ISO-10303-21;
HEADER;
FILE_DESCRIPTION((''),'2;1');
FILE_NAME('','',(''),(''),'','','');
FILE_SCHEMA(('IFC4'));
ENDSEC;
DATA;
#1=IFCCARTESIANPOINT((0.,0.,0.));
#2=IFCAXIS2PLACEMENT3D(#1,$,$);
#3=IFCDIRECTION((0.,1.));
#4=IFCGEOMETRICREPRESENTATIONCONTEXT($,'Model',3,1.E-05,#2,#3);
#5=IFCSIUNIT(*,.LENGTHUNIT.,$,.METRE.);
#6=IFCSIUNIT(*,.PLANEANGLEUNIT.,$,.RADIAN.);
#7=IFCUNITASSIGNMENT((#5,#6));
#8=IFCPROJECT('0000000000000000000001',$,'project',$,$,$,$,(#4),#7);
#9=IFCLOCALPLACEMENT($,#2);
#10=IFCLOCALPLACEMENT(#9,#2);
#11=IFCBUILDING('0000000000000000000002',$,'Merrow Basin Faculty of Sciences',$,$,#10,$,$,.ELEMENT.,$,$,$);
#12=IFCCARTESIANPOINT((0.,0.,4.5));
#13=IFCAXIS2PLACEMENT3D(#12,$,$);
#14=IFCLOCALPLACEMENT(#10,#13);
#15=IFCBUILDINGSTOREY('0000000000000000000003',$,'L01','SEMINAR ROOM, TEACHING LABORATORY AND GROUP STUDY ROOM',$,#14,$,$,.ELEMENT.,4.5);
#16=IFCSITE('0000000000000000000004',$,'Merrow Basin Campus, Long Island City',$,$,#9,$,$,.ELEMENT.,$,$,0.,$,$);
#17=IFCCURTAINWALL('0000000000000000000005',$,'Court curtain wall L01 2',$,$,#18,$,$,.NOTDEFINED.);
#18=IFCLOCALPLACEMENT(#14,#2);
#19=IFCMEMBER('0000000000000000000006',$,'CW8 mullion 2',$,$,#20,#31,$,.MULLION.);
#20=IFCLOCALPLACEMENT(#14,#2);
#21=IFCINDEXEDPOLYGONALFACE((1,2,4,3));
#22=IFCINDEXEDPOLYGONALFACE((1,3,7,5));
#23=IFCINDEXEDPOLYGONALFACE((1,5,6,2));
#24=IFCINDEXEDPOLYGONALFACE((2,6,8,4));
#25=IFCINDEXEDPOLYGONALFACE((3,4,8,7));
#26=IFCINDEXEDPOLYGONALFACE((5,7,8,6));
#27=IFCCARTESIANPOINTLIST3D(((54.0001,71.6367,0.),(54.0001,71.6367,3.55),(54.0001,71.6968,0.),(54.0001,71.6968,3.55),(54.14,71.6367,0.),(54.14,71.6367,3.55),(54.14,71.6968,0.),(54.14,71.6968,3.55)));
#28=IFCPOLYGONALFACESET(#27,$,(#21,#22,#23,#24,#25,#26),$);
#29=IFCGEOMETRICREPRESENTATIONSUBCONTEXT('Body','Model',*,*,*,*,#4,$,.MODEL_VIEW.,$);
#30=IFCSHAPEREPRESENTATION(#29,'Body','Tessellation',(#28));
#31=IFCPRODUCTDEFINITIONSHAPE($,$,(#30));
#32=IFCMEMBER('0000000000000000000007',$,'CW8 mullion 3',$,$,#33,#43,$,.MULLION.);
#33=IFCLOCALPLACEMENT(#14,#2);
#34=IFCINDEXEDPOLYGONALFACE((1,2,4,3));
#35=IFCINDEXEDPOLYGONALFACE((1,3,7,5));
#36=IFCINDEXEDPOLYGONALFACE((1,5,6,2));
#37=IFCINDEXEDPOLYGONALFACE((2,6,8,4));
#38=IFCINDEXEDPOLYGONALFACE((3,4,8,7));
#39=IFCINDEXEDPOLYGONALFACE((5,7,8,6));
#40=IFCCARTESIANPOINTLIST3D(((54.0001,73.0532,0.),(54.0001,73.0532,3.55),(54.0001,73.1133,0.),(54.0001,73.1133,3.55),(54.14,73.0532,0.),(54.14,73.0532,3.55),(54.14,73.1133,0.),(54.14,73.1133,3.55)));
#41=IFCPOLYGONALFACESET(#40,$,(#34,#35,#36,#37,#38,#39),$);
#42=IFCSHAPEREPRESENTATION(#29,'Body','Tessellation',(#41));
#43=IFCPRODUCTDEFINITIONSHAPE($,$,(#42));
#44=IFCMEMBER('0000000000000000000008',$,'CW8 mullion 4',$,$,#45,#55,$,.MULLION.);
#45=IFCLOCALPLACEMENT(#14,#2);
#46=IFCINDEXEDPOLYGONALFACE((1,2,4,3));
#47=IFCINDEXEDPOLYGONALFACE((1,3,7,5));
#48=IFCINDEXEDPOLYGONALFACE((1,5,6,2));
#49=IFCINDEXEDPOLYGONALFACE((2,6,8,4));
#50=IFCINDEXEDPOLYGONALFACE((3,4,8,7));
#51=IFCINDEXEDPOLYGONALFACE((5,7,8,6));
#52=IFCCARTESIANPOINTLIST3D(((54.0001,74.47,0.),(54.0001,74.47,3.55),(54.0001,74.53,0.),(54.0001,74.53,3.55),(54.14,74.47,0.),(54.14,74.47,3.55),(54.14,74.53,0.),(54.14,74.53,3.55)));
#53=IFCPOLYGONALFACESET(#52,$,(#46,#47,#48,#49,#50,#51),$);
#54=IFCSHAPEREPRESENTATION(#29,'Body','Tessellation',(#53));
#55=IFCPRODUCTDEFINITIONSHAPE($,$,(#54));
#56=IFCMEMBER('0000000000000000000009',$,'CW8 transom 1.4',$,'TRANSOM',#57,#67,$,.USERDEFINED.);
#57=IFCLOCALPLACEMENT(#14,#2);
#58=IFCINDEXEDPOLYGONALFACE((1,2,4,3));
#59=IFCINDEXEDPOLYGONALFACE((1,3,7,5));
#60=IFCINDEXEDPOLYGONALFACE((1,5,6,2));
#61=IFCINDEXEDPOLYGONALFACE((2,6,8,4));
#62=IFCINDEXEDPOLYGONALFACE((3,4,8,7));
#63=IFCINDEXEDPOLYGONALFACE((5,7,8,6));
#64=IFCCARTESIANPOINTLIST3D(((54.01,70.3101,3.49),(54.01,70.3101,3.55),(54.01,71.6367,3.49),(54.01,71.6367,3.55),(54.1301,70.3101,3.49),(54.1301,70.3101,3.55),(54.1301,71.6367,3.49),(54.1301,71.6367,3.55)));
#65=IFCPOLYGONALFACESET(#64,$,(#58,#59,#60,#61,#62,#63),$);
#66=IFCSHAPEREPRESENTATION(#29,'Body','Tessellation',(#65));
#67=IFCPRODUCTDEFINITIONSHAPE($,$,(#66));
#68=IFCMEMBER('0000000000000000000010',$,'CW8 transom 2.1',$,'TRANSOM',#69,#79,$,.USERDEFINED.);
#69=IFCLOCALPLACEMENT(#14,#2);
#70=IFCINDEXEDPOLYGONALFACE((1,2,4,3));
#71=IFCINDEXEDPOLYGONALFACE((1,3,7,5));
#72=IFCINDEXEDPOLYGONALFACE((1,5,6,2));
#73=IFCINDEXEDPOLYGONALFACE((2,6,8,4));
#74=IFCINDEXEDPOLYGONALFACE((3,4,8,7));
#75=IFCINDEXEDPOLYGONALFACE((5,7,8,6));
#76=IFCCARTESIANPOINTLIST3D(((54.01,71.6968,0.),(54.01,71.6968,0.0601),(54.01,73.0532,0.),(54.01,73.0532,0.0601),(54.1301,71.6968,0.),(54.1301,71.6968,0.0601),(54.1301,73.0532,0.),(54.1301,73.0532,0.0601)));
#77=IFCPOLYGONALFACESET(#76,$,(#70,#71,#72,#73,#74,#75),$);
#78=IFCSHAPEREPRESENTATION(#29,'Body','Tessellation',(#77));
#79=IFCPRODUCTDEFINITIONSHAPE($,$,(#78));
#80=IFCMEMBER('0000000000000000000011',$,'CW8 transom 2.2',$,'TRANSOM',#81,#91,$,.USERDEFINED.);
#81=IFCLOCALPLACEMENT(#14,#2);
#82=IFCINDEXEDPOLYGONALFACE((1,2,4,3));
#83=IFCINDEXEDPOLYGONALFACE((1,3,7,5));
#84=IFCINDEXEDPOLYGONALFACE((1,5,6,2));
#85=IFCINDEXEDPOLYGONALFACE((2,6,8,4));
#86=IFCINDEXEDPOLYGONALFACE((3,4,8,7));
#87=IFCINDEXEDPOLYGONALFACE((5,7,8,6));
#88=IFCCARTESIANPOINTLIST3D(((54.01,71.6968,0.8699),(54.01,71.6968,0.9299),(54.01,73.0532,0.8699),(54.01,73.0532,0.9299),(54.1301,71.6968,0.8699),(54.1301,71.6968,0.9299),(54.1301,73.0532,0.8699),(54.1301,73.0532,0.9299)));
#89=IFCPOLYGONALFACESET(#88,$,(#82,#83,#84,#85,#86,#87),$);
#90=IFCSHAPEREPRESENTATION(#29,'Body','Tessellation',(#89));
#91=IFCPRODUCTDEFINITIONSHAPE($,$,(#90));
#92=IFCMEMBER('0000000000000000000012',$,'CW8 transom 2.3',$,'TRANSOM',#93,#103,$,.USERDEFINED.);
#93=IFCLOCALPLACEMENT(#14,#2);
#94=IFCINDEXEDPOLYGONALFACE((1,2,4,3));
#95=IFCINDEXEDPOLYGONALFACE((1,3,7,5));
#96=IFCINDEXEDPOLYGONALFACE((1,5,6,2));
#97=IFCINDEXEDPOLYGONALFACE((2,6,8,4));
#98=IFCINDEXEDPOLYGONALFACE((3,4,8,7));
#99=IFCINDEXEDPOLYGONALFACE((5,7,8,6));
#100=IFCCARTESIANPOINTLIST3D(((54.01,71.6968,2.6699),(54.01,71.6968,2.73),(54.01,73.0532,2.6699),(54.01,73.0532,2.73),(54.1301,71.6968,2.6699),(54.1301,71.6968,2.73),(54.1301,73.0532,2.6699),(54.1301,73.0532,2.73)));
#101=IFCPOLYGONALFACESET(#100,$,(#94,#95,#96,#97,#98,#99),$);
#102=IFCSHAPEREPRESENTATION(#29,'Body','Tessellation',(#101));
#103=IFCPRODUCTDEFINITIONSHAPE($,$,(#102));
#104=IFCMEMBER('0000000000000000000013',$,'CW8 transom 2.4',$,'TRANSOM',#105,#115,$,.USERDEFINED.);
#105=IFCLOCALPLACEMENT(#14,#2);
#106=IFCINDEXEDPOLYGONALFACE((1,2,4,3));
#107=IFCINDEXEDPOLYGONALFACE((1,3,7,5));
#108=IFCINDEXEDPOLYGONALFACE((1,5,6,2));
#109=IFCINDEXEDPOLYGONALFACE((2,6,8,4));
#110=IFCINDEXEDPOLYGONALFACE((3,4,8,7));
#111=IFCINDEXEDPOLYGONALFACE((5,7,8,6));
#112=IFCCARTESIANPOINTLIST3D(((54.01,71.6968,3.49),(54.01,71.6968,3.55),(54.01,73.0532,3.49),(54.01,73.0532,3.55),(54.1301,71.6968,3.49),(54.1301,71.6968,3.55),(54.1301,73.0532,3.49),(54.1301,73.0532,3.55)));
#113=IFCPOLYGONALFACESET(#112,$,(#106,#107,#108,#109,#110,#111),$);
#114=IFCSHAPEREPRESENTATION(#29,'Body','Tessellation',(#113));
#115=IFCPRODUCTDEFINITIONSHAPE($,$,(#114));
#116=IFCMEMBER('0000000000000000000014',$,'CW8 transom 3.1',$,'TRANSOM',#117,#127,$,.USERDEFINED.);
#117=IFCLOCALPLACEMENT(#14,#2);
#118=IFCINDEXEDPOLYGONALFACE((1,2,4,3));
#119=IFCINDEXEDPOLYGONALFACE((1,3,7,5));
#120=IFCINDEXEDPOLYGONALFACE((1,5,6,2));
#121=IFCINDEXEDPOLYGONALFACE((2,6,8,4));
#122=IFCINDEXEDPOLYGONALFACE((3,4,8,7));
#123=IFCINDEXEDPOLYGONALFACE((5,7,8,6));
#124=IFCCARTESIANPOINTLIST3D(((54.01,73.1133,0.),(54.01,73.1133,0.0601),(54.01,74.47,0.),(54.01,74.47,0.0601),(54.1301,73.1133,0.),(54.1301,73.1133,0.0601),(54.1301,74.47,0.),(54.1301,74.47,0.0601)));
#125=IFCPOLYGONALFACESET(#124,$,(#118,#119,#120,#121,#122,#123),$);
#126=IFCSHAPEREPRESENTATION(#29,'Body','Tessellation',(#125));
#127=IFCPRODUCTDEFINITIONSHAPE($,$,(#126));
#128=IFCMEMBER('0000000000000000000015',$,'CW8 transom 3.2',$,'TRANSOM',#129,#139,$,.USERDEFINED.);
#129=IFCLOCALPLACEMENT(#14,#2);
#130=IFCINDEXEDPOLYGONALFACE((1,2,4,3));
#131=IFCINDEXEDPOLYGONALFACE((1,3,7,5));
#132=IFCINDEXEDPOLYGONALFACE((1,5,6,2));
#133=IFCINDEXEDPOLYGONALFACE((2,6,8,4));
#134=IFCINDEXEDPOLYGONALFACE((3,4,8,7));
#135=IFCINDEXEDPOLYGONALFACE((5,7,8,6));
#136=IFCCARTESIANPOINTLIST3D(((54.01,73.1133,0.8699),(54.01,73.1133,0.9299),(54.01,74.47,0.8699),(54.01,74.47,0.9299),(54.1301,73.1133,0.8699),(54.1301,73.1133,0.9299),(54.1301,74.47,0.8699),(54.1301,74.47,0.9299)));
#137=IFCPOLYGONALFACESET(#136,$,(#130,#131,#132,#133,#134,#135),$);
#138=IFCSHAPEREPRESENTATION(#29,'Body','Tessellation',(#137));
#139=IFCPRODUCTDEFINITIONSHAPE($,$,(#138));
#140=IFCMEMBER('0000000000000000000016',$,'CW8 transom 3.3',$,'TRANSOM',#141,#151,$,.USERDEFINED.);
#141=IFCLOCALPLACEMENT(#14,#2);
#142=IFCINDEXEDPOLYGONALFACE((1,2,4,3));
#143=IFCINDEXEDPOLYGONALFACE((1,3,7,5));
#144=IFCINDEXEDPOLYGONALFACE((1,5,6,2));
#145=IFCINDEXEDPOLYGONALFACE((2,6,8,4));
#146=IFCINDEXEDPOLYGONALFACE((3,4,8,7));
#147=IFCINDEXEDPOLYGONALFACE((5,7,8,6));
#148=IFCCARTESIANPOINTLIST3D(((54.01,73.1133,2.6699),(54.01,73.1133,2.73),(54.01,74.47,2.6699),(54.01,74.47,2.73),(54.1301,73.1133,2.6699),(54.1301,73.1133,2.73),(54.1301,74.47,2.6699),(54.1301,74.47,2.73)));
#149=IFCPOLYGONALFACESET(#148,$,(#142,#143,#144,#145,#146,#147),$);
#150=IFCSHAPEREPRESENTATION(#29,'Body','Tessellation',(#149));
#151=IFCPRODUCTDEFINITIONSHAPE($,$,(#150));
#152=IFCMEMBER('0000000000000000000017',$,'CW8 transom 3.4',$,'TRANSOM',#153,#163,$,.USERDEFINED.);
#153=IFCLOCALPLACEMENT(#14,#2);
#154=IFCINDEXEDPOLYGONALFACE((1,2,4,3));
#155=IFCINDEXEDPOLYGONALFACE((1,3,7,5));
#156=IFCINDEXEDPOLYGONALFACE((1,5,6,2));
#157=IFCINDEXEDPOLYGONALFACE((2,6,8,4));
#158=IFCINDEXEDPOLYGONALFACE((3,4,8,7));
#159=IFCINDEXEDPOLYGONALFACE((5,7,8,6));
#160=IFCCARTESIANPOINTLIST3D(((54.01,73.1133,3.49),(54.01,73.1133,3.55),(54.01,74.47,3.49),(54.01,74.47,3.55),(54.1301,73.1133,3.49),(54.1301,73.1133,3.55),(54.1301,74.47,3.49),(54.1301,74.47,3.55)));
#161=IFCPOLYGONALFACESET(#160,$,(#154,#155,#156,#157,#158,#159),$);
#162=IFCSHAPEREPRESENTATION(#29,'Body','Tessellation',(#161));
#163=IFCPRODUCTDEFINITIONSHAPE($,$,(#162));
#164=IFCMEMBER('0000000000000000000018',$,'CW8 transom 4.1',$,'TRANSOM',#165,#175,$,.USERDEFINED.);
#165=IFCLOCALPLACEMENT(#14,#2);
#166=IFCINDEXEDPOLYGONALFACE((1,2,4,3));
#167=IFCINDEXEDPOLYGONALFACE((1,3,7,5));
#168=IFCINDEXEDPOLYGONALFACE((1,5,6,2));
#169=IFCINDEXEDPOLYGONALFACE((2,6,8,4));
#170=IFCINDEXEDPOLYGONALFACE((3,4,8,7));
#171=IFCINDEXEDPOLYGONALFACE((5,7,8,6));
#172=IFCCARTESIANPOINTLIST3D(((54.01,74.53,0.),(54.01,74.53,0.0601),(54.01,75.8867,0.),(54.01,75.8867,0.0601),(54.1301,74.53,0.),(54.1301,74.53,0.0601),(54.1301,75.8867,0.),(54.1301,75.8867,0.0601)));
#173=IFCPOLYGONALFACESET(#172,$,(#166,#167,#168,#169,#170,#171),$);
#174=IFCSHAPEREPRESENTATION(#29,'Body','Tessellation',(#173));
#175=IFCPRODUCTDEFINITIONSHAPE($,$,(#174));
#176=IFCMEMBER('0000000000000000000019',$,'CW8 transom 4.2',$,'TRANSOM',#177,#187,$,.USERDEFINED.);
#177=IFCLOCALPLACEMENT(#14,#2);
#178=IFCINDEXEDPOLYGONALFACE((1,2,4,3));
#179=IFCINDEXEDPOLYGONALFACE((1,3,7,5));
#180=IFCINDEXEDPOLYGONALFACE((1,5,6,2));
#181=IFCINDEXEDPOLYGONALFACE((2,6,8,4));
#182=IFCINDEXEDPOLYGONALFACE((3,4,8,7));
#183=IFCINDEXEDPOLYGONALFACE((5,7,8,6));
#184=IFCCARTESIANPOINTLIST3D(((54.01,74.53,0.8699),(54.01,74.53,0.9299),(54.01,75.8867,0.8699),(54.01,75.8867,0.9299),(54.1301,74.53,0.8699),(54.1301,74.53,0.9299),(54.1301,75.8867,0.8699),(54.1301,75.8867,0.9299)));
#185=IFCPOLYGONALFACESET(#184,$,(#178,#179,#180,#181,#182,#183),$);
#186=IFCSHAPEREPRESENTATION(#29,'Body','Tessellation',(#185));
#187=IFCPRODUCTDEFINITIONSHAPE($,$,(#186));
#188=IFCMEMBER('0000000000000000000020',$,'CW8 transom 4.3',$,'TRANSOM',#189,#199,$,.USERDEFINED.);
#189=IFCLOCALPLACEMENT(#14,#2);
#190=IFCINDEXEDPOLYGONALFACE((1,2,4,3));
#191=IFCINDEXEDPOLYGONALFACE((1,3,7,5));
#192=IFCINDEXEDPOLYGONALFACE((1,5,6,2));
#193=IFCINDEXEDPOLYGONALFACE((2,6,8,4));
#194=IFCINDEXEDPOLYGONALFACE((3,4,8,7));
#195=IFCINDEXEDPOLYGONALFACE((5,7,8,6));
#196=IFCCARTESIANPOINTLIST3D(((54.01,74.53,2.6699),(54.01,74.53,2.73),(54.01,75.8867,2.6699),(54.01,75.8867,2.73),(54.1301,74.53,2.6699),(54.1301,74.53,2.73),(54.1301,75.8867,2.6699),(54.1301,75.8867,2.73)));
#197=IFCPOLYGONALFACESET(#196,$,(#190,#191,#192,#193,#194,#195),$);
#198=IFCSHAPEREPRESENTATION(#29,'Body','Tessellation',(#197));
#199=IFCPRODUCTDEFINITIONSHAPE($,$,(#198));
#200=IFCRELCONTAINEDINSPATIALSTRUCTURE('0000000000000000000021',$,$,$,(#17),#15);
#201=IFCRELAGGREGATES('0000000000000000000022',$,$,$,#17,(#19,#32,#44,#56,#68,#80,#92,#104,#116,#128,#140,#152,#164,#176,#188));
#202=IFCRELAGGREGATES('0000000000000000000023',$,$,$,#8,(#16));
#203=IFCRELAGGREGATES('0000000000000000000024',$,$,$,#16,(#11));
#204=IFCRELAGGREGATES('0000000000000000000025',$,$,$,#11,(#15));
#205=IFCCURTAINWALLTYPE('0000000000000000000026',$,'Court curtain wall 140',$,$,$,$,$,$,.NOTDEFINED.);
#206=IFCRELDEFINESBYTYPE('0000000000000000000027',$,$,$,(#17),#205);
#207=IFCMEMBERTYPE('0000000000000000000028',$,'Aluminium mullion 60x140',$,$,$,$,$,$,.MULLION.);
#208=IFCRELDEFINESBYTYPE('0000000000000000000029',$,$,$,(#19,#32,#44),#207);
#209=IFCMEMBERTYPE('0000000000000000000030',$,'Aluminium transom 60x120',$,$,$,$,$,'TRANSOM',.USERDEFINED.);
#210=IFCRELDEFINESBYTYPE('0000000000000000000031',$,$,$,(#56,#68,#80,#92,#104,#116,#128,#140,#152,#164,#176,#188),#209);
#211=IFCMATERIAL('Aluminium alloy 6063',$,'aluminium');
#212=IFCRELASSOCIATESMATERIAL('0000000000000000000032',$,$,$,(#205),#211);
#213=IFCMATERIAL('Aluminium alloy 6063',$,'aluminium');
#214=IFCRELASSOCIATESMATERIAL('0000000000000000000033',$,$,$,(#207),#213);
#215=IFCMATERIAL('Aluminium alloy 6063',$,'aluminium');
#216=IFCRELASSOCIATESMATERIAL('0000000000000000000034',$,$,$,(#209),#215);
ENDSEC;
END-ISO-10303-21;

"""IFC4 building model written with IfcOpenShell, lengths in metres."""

from ifc_helpers import new_model, si_unit, direction, frame, origin, origin_2d, place, context, subcontext, project, spatial, rectangle, extrude, material, material_profile, profile_set, type_object, element, aggregate, save


model = new_model("IFC4")

# Units and contexts
model_context = context("Model", 3, precision=1e-05, world=origin(), true_north=direction((0.0, 1.0)))
body_context = subcontext(model_context, "Body", "Model", "MODEL_VIEW")
ifc_project = project(units=[si_unit("LENGTHUNIT", "METRE"), si_unit("PLANEANGLEUNIT", "RADIAN")], contexts=[model_context])

# Site, building, storey
site_placement = place(None, origin())
site = spatial("IfcSite", under=ifc_project, at=site_placement, Name="Merrow Basin Campus, Long Island City", CompositionType="ELEMENT", RefElevation=0.0)
building_placement = place(site_placement, origin())
building = spatial("IfcBuilding", under=site, at=building_placement, Name="Merrow Basin Faculty of Sciences", CompositionType="ELEMENT")
storey_placement = place(building_placement, frame((0.0, 0.0, 4.5)))
storey = spatial("IfcBuildingStorey", under=building, at=storey_placement, Name="L01", Description="SEMINAR ROOM, TEACHING LABORATORY AND GROUP STUDY ROOM", CompositionType="ELEMENT", Elevation=4.5)

# Curtain wall, members
ifc_material_1 = material(Name="Aluminium alloy 6063", Category="aluminium")
curtain_wall_type = type_object("IfcCurtainWallType", Name="Court curtain wall 140", PredefinedType="NOTDEFINED", material=ifc_material_1)
curtain_wall_placement = place(storey_placement, origin())
curtain_wall = element("IfcCurtainWall", 1, at=curtain_wall_placement, inside=storey, type_object=curtain_wall_type, Name="Court curtain wall L01 2", PredefinedType="NOTDEFINED")
ifc_material_2 = material(Name="Aluminium alloy 6063", Category="aluminium")
ifc_material_profile_1 = material_profile(ifc_material_2, rectangle(XDim=0.1399, YDim=0.0601, at=origin_2d()))
ifc_profile_set_1 = profile_set([ifc_material_profile_1], Name="Aluminium alloy 6063")
member_type_1 = type_object("IfcMemberType", Name="Aluminium mullion 60x140", PredefinedType="MULLION", material=ifc_profile_set_1)
member_1_placement = place(storey_placement, frame((54.0701, 71.6667, 0.0), z_axis=(0.0, 0.0, 1.0), x_axis=(-1.0, 0.0, 0.0)))
member_1 = element("IfcMember", 2, at=member_1_placement, type_object=member_type_1, Name="CW8 mullion 2", PredefinedType="MULLION", context=body_context, shape_type="SweptSolid", body=[
    extrude(rectangle(XDim=0.1399, YDim=0.0601, at=origin_2d()), origin(), (0.0, 0.0, 1.0), 3.55),
])
member_2_placement = place(storey_placement, frame((54.0701, 73.0833, 0.0), z_axis=(0.0, 0.0, 1.0), x_axis=(-1.0, 0.0, 0.0)))
member_2 = element("IfcMember", 3, at=member_2_placement, type_object=member_type_1, Name="CW8 mullion 3", PredefinedType="MULLION", context=body_context, shape_type="SweptSolid", body=[
    extrude(rectangle(XDim=0.1399, YDim=0.0601, at=origin_2d()), origin(), (0.0, 0.0, 1.0), 3.55),
])
member_3_placement = place(storey_placement, frame((54.0701, 74.5, 0.0), z_axis=(0.0, 0.0, 1.0), x_axis=(-1.0, 0.0, 0.0)))
member_3 = element("IfcMember", 4, at=member_3_placement, type_object=member_type_1, Name="CW8 mullion 4", PredefinedType="MULLION", context=body_context, shape_type="SweptSolid", body=[
    extrude(rectangle(XDim=0.1399, YDim=0.0601, at=origin_2d()), origin(), (0.0, 0.0, 1.0), 3.55),
])
ifc_material_3 = material(Name="Aluminium alloy 6063", Category="aluminium")
ifc_material_profile_2 = material_profile(ifc_material_3, rectangle(XDim=0.1201, YDim=0.0601, at=origin_2d()))
ifc_profile_set_2 = profile_set([ifc_material_profile_2], Name="Aluminium alloy 6063")
member_type_2 = type_object("IfcMemberType", Name="Aluminium transom 60x120", ElementType="TRANSOM", PredefinedType="USERDEFINED", material=ifc_profile_set_2)
member_4_placement = place(storey_placement, frame((54.0701, 70.3101, 3.52), z_axis=(0.0, 1.0, 0.0), x_axis=(-1.0, 0.0, 0.0)))
member_4 = element("IfcMember", 5, at=member_4_placement, type_object=member_type_2, Name="CW8 transom 1.4", ObjectType="TRANSOM", PredefinedType="USERDEFINED", context=body_context, shape_type="SweptSolid", body=[
    extrude(rectangle(XDim=0.1201, YDim=0.0601, at=origin_2d()), origin(), (0.0, 0.0, 1.0), 1.3267),
])
member_5_placement = place(storey_placement, frame((54.0701, 71.6968, 0.03), z_axis=(0.0, 1.0, 0.0), x_axis=(-1.0, 0.0, 0.0)))
member_5 = element("IfcMember", 6, at=member_5_placement, type_object=member_type_2, Name="CW8 transom 2.1", ObjectType="TRANSOM", PredefinedType="USERDEFINED", context=body_context, shape_type="SweptSolid", body=[
    extrude(rectangle(XDim=0.1201, YDim=0.0601, at=origin_2d()), origin(), (0.0, 0.0, 1.0), 1.3564),
])
member_6_placement = place(storey_placement, frame((54.0701, 71.6968, 0.8999), z_axis=(0.0, 1.0, 0.0), x_axis=(-1.0, 0.0, 0.0)))
member_6 = element("IfcMember", 7, at=member_6_placement, type_object=member_type_2, Name="CW8 transom 2.2", ObjectType="TRANSOM", PredefinedType="USERDEFINED", context=body_context, shape_type="SweptSolid", body=[
    extrude(rectangle(XDim=0.1201, YDim=0.0601, at=origin_2d()), origin(), (0.0, 0.0, 1.0), 1.3564),
])
member_7_placement = place(storey_placement, frame((54.0701, 71.6968, 2.7), z_axis=(0.0, 1.0, 0.0), x_axis=(-1.0, 0.0, 0.0)))
member_7 = element("IfcMember", 8, at=member_7_placement, type_object=member_type_2, Name="CW8 transom 2.3", ObjectType="TRANSOM", PredefinedType="USERDEFINED", context=body_context, shape_type="SweptSolid", body=[
    extrude(rectangle(XDim=0.1201, YDim=0.0601, at=origin_2d()), origin(), (0.0, 0.0, 1.0), 1.3564),
])
member_8_placement = place(storey_placement, frame((54.0701, 71.6968, 3.52), z_axis=(0.0, 1.0, 0.0), x_axis=(-1.0, 0.0, 0.0)))
member_8 = element("IfcMember", 9, at=member_8_placement, type_object=member_type_2, Name="CW8 transom 2.4", ObjectType="TRANSOM", PredefinedType="USERDEFINED", context=body_context, shape_type="SweptSolid", body=[
    extrude(rectangle(XDim=0.1201, YDim=0.0601, at=origin_2d()), origin(), (0.0, 0.0, 1.0), 1.3564),
])
member_9_placement = place(storey_placement, frame((54.0701, 73.1133, 0.03), z_axis=(0.0, 1.0, 0.0), x_axis=(-1.0, 0.0, 0.0)))
member_9 = element("IfcMember", 10, at=member_9_placement, type_object=member_type_2, Name="CW8 transom 3.1", ObjectType="TRANSOM", PredefinedType="USERDEFINED", context=body_context, shape_type="SweptSolid", body=[
    extrude(rectangle(XDim=0.1201, YDim=0.0601, at=origin_2d()), origin(), (0.0, 0.0, 1.0), 1.3567),
])
member_10_placement = place(storey_placement, frame((54.0701, 73.1133, 0.8999), z_axis=(0.0, 1.0, 0.0), x_axis=(-1.0, 0.0, 0.0)))
member_10 = element("IfcMember", 11, at=member_10_placement, type_object=member_type_2, Name="CW8 transom 3.2", ObjectType="TRANSOM", PredefinedType="USERDEFINED", context=body_context, shape_type="SweptSolid", body=[
    extrude(rectangle(XDim=0.1201, YDim=0.0601, at=origin_2d()), origin(), (0.0, 0.0, 1.0), 1.3567),
])
member_11_placement = place(storey_placement, frame((54.0701, 73.1133, 2.7), z_axis=(0.0, 1.0, 0.0), x_axis=(-1.0, 0.0, 0.0)))
member_11 = element("IfcMember", 12, at=member_11_placement, type_object=member_type_2, Name="CW8 transom 3.3", ObjectType="TRANSOM", PredefinedType="USERDEFINED", context=body_context, shape_type="SweptSolid", body=[
    extrude(rectangle(XDim=0.1201, YDim=0.0601, at=origin_2d()), origin(), (0.0, 0.0, 1.0), 1.3567),
])
member_12_placement = place(storey_placement, frame((54.0701, 73.1133, 3.52), z_axis=(0.0, 1.0, 0.0), x_axis=(-1.0, 0.0, 0.0)))
member_12 = element("IfcMember", 13, at=member_12_placement, type_object=member_type_2, Name="CW8 transom 3.4", ObjectType="TRANSOM", PredefinedType="USERDEFINED", context=body_context, shape_type="SweptSolid", body=[
    extrude(rectangle(XDim=0.1201, YDim=0.0601, at=origin_2d()), origin(), (0.0, 0.0, 1.0), 1.3567),
])
member_13_placement = place(storey_placement, frame((54.0701, 74.53, 0.03), z_axis=(0.0, 1.0, 0.0), x_axis=(-1.0, 0.0, 0.0)))
member_13 = element("IfcMember", 14, at=member_13_placement, type_object=member_type_2, Name="CW8 transom 4.1", ObjectType="TRANSOM", PredefinedType="USERDEFINED", context=body_context, shape_type="SweptSolid", body=[
    extrude(rectangle(XDim=0.1201, YDim=0.0601, at=origin_2d()), origin(), (0.0, 0.0, 1.0), 1.3567),
])
member_14_placement = place(storey_placement, frame((54.0701, 74.53, 0.8999), z_axis=(0.0, 1.0, 0.0), x_axis=(-1.0, 0.0, 0.0)))
member_14 = element("IfcMember", 15, at=member_14_placement, type_object=member_type_2, Name="CW8 transom 4.2", ObjectType="TRANSOM", PredefinedType="USERDEFINED", context=body_context, shape_type="SweptSolid", body=[
    extrude(rectangle(XDim=0.1201, YDim=0.0601, at=origin_2d()), origin(), (0.0, 0.0, 1.0), 1.3567),
])
member_15_placement = place(storey_placement, frame((54.0701, 74.53, 2.7), z_axis=(0.0, 1.0, 0.0), x_axis=(-1.0, 0.0, 0.0)))
member_15 = element("IfcMember", 16, at=member_15_placement, type_object=member_type_2, Name="CW8 transom 4.3", ObjectType="TRANSOM", PredefinedType="USERDEFINED", context=body_context, shape_type="SweptSolid", body=[
    extrude(rectangle(XDim=0.1201, YDim=0.0601, at=origin_2d()), origin(), (0.0, 0.0, 1.0), 1.3567),
])
aggregate(curtain_wall, [member_1, member_2, member_3, member_4, member_5, member_6, member_7, member_8, member_9, member_10, member_11, member_12, member_13, member_14, member_15])

save(model, "model.ifc")
